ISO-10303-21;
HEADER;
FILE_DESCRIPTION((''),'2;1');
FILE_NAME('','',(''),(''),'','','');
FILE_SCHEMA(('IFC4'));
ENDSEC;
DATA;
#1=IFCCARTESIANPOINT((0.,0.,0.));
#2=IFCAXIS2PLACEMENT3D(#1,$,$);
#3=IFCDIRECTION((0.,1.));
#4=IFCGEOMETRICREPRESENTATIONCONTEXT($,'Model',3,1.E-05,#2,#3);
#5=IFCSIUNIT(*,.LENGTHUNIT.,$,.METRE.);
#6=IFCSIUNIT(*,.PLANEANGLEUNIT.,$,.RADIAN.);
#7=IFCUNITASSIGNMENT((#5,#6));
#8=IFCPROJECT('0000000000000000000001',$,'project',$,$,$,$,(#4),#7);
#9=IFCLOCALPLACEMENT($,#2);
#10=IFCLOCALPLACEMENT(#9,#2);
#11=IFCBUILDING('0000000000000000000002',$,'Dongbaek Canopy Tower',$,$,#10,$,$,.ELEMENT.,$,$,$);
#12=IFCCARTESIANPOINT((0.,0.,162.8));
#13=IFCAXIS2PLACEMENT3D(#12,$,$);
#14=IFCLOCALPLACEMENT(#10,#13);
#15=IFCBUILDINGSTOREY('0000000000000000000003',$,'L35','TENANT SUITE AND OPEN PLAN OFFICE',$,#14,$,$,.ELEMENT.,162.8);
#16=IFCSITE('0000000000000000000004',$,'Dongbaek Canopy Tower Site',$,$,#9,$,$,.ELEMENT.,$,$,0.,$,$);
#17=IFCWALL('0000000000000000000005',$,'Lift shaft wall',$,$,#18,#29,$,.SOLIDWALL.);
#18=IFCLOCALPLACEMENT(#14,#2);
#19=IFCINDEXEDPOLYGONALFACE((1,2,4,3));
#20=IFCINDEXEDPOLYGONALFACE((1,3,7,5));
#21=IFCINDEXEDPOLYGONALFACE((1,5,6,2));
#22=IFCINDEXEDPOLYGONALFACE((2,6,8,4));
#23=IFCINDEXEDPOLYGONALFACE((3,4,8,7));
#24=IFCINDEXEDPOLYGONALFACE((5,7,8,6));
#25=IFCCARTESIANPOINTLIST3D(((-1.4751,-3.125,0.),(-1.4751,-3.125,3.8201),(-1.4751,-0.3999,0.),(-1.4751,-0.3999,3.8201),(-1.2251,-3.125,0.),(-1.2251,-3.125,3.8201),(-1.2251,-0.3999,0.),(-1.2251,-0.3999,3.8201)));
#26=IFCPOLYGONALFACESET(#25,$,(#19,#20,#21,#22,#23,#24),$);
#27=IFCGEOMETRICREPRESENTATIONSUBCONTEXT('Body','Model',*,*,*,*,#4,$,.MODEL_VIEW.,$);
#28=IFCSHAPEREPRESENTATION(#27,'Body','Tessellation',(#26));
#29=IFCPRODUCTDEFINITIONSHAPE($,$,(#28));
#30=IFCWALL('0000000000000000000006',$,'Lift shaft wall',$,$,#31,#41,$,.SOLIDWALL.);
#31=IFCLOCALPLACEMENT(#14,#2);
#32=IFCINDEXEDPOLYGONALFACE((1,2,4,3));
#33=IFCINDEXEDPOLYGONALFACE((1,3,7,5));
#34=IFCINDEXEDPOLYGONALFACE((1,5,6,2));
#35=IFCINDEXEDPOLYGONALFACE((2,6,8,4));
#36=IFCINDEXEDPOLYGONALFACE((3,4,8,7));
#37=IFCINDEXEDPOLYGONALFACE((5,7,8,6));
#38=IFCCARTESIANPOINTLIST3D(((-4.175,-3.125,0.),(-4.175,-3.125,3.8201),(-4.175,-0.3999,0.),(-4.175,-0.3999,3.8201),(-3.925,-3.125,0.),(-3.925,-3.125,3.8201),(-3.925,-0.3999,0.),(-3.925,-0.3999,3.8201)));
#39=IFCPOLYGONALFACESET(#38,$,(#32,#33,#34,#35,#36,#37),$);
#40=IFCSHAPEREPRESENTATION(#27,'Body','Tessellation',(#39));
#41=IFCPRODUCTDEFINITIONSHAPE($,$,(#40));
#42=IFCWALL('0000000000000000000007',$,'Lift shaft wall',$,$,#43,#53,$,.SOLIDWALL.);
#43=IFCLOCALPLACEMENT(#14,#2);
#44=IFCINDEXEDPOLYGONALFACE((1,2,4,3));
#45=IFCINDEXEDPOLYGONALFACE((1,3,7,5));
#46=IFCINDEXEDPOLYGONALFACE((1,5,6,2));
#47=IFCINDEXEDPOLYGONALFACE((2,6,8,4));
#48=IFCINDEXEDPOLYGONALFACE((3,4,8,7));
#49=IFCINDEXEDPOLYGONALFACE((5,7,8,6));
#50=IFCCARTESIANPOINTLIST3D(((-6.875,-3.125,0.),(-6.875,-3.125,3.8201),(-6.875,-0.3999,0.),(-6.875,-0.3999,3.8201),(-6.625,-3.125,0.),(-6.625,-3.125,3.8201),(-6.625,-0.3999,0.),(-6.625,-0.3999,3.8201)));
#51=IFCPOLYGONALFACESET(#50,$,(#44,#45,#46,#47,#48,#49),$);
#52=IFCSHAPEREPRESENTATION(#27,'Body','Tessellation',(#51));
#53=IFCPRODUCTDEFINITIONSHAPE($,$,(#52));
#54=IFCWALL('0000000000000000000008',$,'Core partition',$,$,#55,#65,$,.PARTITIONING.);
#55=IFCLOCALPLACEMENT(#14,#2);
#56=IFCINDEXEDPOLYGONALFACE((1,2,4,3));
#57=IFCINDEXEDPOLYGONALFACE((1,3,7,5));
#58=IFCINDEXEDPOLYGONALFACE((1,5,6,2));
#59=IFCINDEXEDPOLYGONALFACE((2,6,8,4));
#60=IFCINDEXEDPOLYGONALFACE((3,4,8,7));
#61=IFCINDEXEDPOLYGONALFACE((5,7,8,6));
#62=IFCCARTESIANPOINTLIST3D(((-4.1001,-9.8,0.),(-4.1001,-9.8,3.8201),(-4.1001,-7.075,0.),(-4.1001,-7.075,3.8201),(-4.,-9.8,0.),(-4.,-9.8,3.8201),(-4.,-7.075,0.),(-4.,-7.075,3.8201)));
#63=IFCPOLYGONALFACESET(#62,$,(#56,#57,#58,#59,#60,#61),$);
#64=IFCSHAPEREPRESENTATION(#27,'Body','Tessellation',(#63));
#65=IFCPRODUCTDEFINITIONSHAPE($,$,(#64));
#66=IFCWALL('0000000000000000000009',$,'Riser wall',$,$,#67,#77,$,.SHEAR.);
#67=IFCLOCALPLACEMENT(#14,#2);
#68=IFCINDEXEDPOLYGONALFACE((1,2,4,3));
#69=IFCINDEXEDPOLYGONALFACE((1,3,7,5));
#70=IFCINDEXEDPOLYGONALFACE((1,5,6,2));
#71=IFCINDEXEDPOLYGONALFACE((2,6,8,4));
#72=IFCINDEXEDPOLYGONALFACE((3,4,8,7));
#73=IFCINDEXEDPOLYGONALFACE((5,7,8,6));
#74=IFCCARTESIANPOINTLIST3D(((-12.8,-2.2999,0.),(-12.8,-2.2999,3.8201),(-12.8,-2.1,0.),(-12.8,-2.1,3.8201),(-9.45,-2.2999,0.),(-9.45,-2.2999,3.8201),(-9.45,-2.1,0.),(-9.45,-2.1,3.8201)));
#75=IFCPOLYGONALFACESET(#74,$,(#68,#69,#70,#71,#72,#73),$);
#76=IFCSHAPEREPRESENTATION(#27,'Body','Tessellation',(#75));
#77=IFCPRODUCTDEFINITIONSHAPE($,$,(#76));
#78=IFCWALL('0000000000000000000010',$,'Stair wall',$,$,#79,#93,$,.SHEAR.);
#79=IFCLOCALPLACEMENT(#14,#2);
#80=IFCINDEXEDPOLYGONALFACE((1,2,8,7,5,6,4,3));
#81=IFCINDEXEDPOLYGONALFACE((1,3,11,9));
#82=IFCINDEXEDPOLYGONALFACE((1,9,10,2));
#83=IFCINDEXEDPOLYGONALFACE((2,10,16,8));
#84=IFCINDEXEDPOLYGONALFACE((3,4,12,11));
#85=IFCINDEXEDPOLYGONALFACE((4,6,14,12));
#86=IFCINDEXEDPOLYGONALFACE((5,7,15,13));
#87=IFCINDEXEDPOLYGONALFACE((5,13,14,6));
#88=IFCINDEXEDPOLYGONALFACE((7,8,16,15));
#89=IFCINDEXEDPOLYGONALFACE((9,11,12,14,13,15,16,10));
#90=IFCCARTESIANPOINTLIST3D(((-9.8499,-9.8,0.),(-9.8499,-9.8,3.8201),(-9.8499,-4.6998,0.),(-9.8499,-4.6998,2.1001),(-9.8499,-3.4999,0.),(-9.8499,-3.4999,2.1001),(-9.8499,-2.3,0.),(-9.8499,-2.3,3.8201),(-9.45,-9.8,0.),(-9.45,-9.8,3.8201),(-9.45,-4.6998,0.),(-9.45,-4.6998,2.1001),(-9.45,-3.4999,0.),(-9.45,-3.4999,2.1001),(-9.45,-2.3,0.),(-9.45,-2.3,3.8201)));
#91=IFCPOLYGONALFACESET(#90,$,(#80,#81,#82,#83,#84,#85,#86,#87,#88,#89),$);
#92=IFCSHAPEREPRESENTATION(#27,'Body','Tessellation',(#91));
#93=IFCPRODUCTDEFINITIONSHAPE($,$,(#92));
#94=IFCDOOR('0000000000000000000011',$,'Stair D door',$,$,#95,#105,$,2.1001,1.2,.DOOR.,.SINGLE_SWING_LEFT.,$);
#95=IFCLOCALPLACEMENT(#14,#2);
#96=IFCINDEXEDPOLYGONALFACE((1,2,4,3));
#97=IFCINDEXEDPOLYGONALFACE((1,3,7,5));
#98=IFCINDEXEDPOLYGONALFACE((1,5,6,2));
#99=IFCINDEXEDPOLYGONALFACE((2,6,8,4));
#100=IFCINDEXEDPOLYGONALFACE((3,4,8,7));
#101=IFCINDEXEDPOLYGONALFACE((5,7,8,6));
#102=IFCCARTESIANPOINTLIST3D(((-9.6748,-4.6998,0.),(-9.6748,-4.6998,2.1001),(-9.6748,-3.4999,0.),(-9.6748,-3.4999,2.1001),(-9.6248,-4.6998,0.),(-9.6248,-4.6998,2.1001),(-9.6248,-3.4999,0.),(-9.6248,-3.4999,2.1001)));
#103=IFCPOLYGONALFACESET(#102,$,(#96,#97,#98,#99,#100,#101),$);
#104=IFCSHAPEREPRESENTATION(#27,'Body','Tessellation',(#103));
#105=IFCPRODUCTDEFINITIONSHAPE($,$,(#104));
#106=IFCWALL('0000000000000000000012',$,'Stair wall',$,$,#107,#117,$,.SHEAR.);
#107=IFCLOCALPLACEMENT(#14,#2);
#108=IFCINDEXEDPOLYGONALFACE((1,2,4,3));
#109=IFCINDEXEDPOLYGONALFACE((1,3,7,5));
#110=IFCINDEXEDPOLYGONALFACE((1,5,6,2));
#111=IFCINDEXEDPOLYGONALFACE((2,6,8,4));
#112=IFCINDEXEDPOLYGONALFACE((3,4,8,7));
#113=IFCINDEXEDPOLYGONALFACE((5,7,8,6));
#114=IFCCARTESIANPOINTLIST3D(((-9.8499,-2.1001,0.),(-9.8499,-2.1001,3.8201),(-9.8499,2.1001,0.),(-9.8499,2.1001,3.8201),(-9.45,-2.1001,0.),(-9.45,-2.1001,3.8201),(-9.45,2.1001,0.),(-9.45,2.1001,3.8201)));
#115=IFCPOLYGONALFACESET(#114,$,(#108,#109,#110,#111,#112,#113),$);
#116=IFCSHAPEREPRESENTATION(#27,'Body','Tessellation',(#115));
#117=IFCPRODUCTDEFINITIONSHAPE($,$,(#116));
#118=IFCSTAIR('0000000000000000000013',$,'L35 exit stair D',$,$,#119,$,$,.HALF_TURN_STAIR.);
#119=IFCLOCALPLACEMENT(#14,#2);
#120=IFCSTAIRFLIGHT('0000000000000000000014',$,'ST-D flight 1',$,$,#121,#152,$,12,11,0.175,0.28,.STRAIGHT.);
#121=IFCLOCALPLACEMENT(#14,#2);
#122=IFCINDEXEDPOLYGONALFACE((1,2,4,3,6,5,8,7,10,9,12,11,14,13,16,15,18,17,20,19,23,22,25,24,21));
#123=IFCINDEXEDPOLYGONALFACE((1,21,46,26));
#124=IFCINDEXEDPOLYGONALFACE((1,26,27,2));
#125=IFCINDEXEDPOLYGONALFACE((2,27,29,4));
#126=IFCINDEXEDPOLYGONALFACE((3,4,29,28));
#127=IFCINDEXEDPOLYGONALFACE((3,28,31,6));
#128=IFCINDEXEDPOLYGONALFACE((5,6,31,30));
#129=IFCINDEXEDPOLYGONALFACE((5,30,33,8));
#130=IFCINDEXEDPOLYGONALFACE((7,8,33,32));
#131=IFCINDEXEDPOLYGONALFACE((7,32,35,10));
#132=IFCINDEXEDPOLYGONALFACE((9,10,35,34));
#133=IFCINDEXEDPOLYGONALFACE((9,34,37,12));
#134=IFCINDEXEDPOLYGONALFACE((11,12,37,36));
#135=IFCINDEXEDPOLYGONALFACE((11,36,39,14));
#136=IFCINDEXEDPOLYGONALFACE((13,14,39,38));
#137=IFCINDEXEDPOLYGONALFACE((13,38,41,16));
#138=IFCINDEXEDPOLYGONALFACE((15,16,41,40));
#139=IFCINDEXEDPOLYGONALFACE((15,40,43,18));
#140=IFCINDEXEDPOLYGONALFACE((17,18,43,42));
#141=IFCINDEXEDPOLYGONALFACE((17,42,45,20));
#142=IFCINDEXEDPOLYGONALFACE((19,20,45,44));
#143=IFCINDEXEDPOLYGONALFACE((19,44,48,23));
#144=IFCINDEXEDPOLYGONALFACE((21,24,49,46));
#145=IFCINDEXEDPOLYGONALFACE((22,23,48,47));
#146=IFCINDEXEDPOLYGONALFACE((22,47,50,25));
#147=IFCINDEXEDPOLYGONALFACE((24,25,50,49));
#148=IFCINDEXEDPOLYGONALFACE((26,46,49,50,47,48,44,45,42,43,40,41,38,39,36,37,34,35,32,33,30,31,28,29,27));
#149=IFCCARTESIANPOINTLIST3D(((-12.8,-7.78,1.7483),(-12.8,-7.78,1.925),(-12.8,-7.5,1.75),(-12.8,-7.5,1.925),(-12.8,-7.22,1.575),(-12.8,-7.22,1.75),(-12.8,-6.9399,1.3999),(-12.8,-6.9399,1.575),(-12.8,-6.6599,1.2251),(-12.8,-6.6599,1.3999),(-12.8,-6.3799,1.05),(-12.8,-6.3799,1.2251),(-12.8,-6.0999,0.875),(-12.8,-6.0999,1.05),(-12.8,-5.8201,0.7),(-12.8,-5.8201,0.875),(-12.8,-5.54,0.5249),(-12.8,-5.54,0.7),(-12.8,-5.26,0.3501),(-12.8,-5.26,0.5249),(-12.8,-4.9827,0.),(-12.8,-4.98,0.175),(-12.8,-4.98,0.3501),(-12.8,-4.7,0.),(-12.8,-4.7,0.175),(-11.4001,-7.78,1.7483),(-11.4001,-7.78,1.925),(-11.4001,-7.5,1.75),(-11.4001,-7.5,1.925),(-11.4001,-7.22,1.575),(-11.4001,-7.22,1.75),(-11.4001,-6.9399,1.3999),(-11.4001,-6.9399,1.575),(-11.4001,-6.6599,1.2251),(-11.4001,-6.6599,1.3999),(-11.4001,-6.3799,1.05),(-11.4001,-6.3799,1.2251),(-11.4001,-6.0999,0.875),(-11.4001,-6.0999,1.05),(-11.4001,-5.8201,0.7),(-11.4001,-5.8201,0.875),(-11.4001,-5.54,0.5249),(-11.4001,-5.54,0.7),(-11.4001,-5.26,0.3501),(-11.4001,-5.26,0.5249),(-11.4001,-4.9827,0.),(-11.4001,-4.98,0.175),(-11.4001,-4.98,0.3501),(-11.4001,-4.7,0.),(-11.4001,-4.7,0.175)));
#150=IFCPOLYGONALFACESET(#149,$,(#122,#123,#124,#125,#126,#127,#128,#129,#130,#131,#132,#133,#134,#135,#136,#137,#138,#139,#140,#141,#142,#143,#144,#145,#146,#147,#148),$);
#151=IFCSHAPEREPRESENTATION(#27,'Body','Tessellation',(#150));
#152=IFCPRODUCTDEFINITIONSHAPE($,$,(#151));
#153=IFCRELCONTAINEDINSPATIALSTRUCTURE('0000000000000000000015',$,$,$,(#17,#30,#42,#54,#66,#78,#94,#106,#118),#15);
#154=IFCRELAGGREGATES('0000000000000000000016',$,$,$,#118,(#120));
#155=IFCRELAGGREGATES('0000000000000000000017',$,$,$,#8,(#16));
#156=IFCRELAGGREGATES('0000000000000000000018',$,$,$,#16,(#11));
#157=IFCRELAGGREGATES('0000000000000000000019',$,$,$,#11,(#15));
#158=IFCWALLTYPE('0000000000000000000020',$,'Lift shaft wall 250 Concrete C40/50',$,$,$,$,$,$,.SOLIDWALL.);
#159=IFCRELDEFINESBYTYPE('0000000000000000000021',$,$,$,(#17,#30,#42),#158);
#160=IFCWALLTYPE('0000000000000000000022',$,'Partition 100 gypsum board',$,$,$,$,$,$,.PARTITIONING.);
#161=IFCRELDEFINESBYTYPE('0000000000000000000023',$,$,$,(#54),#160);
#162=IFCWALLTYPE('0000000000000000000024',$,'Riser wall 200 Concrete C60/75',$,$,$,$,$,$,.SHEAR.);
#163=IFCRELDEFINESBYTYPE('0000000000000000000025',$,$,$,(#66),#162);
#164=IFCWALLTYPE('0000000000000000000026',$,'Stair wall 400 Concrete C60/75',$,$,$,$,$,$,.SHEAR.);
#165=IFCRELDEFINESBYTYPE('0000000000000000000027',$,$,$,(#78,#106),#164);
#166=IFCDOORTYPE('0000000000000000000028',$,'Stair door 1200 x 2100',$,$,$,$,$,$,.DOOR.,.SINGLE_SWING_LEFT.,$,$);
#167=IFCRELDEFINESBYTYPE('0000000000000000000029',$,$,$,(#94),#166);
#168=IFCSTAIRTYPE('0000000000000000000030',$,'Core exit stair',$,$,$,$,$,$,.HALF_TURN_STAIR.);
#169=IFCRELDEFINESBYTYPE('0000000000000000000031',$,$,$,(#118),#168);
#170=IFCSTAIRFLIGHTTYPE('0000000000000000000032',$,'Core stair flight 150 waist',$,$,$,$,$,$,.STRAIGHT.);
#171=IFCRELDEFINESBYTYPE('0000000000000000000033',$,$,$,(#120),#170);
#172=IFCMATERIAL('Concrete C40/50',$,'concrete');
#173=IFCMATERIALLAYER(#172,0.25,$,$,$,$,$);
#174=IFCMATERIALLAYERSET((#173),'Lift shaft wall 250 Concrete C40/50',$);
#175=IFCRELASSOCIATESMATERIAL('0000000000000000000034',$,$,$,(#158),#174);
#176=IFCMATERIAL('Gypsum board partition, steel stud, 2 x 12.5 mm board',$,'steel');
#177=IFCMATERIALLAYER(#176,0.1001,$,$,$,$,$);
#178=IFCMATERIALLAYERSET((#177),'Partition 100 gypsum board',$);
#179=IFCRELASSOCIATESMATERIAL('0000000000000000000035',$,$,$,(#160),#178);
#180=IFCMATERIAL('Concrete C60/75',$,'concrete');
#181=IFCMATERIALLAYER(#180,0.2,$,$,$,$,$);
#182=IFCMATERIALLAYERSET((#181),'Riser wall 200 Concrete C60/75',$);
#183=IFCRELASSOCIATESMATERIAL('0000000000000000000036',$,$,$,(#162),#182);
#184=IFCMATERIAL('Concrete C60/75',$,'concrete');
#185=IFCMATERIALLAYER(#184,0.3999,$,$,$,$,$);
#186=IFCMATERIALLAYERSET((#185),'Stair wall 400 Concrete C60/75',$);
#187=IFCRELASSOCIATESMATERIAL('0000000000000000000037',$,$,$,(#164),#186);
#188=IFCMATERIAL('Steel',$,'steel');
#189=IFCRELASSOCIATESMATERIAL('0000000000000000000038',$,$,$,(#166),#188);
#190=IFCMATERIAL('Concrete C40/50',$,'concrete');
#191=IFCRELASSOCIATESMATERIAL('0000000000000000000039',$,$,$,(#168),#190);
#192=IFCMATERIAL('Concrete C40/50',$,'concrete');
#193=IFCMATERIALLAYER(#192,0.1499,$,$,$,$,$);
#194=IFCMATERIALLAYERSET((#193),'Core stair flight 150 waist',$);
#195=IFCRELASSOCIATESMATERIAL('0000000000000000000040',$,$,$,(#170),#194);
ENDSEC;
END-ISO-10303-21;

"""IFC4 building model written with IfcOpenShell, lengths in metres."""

from ifc_helpers import new_model, si_unit, direction, frame, frame_2d, origin, place, context, subcontext, project, spatial, polyline, rectangle, outline, extrude, material, layer, layer_set, type_object, element, fill, aggregate, save


model = new_model("IFC4")

# Units and contexts
model_context = context("Model", 3, precision=1e-05, world=origin(), true_north=direction((0.0, 1.0)))
body_context = subcontext(model_context, "Body", "Model", "MODEL_VIEW")
ifc_project = project(units=[si_unit("LENGTHUNIT", "METRE"), si_unit("PLANEANGLEUNIT", "RADIAN")], contexts=[model_context])

# Site, building, storey
site_placement = place(None, origin())
site = spatial("IfcSite", under=ifc_project, at=site_placement, Name="Dongbaek Canopy Tower Site", CompositionType="ELEMENT", RefElevation=0.0)
building_placement = place(site_placement, origin())
building = spatial("IfcBuilding", under=site, at=building_placement, Name="Dongbaek Canopy Tower", CompositionType="ELEMENT")
storey_placement = place(building_placement, frame((0.0, 0.0, 162.8)))
storey = spatial("IfcBuildingStorey", under=building, at=storey_placement, Name="L35", Description="TENANT SUITE AND OPEN PLAN OFFICE", CompositionType="ELEMENT", Elevation=162.8)

# Walls
ifc_material_1 = material(Name="Concrete C40/50", Category="concrete")
ifc_layer_1 = layer(ifc_material_1, 0.25)
ifc_layer_set_1 = layer_set([ifc_layer_1], Name="Lift shaft wall 250 Concrete C40/50")
wall_type_1 = type_object("IfcWallType", Name="Lift shaft wall 250 Concrete C40/50", PredefinedType="SOLIDWALL", material=ifc_layer_set_1)
for number, where, z_axis, x_axis, name in (
    (1, (-1.3501, -3.125, 0.0), (0.0, 0.0, 1.0), (0.0, 1.0, 0.0), "Lift shaft wall"),
    (2, (-4.05, -3.125, 0.0), (0.0, 0.0, 1.0), (0.0, 1.0, 0.0), "Lift shaft wall"),
    (3, (-6.75, -3.125, 0.0), (0.0, 0.0, 1.0), (0.0, 1.0, 0.0), "Lift shaft wall"),
):
    element("IfcWall", number, at=place(storey_placement, frame(where, z_axis=z_axis, x_axis=x_axis)), inside=storey, type_object=wall_type_1, Name=name, PredefinedType="SOLIDWALL", context=body_context, shape_type="SweptSolid", body=[
        extrude(rectangle(XDim=2.7251, YDim=0.25, at=frame_2d((1.3625, 0.0))), origin(), (0.0, 0.0, 1.0), 3.8201),
    ])
ifc_material_2 = material(Name="Gypsum board partition, steel stud, 2 x 12.5 mm board", Category="steel")
ifc_layer_2 = layer(ifc_material_2, 0.1001)
ifc_layer_set_2 = layer_set([ifc_layer_2], Name="Partition 100 gypsum board")
wall_type_2 = type_object("IfcWallType", Name="Partition 100 gypsum board", PredefinedType="PARTITIONING", material=ifc_layer_set_2)
wall_1_placement = place(storey_placement, frame((-4.05, -9.8, 0.0), z_axis=(0.0, 0.0, 1.0), x_axis=(0.0, 1.0, 0.0)))
element("IfcWall", 4, at=wall_1_placement, inside=storey, type_object=wall_type_2, Name="Core partition", PredefinedType="PARTITIONING", context=body_context, shape_type="SweptSolid", body=[
    extrude(rectangle(XDim=2.7251, YDim=0.1001, at=frame_2d((1.3625, 0.0))), origin(), (0.0, 0.0, 1.0), 3.8201),
])
ifc_material_3 = material(Name="Concrete C60/75", Category="concrete")
ifc_layer_3 = layer(ifc_material_3, 0.2)
ifc_layer_set_3 = layer_set([ifc_layer_3], Name="Riser wall 200 Concrete C60/75")
wall_type_3 = type_object("IfcWallType", Name="Riser wall 200 Concrete C60/75", PredefinedType="SHEAR", material=ifc_layer_set_3)
wall_2_placement = place(storey_placement, frame((-9.45, -2.2, 0.0), z_axis=(0.0, 0.0, 1.0), x_axis=(-1.0, 0.0, 0.0)))
element("IfcWall", 5, at=wall_2_placement, inside=storey, type_object=wall_type_3, Name="Riser wall", PredefinedType="SHEAR", context=body_context, shape_type="SweptSolid", body=[
    extrude(rectangle(XDim=3.3501, YDim=0.2, at=frame_2d((1.675, 0.0))), origin(), (0.0, 0.0, 1.0), 3.8201),
])

# Wall, opening, door
ifc_material_4 = material(Name="Concrete C60/75", Category="concrete")
ifc_layer_4 = layer(ifc_material_4, 0.3999)
ifc_layer_set_4 = layer_set([ifc_layer_4], Name="Stair wall 400 Concrete C60/75")
wall_type_4 = type_object("IfcWallType", Name="Stair wall 400 Concrete C60/75", PredefinedType="SHEAR", material=ifc_layer_set_4)
wall_3_placement = place(storey_placement, frame((-9.6499, -9.8, 0.0), z_axis=(0.0, 0.0, 1.0), x_axis=(0.0, 1.0, 0.0)))
wall_3 = element("IfcWall", 6, at=wall_3_placement, inside=storey, type_object=wall_type_4, Name="Stair wall", PredefinedType="SHEAR", context=body_context, shape_type="SweptSolid", body=[
    extrude(rectangle(XDim=7.5, YDim=0.3999, at=frame_2d((3.75, 0.0))), origin(), (0.0, 0.0, 1.0), 3.8201),
])
opening_1_placement = place(wall_3_placement, frame((5.1001, 0.0, 0.0)))
opening_1 = element("IfcOpeningElement", 7, at=opening_1_placement, cuts=wall_3, PredefinedType="OPENING", context=body_context, shape_type="SweptSolid", body=[
    extrude(rectangle(XDim=1.2, YDim=2.1001, at=frame_2d((0.6001, 1.05))), frame((0.0, 0.21, 0.0), z_axis=(0.0, -1.0, 0.0), x_axis=(1.0, 0.0, 0.0)), (0.0, 0.0, 1.0), 0.4199),
])
ifc_material_5 = material(Name="Steel", Category="steel")
door_type_1 = type_object("IfcDoorType", Name="Stair door 1200 x 2100", OperationType="SINGLE_SWING_LEFT", PredefinedType="DOOR", material=ifc_material_5)
door_1_placement = place(opening_1_placement, origin())
door_1 = element("IfcDoor", 8, at=door_1_placement, inside=storey, type_object=door_type_1, Name="Stair D door", OperationType="SINGLE_SWING_LEFT", OverallHeight=2.1001, OverallWidth=1.2, PredefinedType="DOOR", context=body_context, shape_type="SweptSolid", body=[
    extrude(rectangle(XDim=1.2, YDim=2.1001, at=frame_2d((0.6001, 1.05))), frame((0.0, 0.0249, 0.0), z_axis=(0.0, -1.0, 0.0), x_axis=(1.0, 0.0, 0.0)), (0.0, 0.0, 1.0), 0.05),
])
fill(opening_1, door_1)

# Wall
wall_4_placement = place(storey_placement, frame((-9.6499, -2.1001, 0.0), z_axis=(0.0, 0.0, 1.0), x_axis=(0.0, 1.0, 0.0)))
element("IfcWall", 9, at=wall_4_placement, inside=storey, type_object=wall_type_4, Name="Stair wall", PredefinedType="SHEAR", context=body_context, shape_type="SweptSolid", body=[
    extrude(rectangle(XDim=4.2002, YDim=0.3999, at=frame_2d((2.1001, 0.0))), origin(), (0.0, 0.0, 1.0), 3.8201),
])

# Stair, stair flight
ifc_material_6 = material(Name="Concrete C40/50", Category="concrete")
stair_type = type_object("IfcStairType", Name="Core exit stair", PredefinedType="HALF_TURN_STAIR", material=ifc_material_6)
stair_placement = place(storey_placement, origin())
stair = element("IfcStair", 10, at=stair_placement, inside=storey, type_object=stair_type, Name="L35 exit stair D", PredefinedType="HALF_TURN_STAIR")
ifc_material_7 = material(Name="Concrete C40/50", Category="concrete")
ifc_layer_5 = layer(ifc_material_7, 0.1499)
ifc_layer_set_5 = layer_set([ifc_layer_5], Name="Core stair flight 150 waist")
stair_flight_type = type_object("IfcStairFlightType", Name="Core stair flight 150 waist", PredefinedType="STRAIGHT", material=ifc_layer_set_5)
stair_flight_1_placement = place(storey_placement, frame((-12.1001, -4.7, 0.0), z_axis=(0.0, 0.0, 1.0), x_axis=(0.0, -1.0, 0.0)))
stair_flight_1 = element("IfcStairFlight", 11, at=stair_flight_1_placement, type_object=stair_flight_type, Name="ST-D flight 1", NumberOfRisers=12, NumberOfTreads=11, PredefinedType="STRAIGHT", RiserHeight=0.175, TreadLength=0.28, context=body_context, shape_type="SweptSolid", body=[
    extrude(outline(polyline([(0.0, 0.0), (0.0, 0.175), (0.28, 0.175), (0.28, 0.3501), (0.5601, 0.3501), (0.5601, 0.5249), (0.8401, 0.5249), (0.8401, 0.7), (1.1201, 0.7), (1.1201, 0.875), (1.3999, 0.875), (1.3999, 1.05), (1.6799, 1.05), (1.6799, 1.2251), (1.96, 1.2251), (1.96, 1.3999), (2.24, 1.3999), (2.24, 1.575), (2.52, 1.575), (2.52, 1.75), (2.8, 1.75), (2.8, 1.925), (3.0801, 1.925), (3.0801, 2.1001), (3.0801, 1.7483), (0.2827, 0.0), (0.0, 0.0)])), frame((0.0, 0.7, 0.0), z_axis=(0.0, -1.0, 0.0), x_axis=(1.0, 0.0, 0.0)), (0.0, 0.0, 1.0), 1.3999),
])
aggregate(stair, [stair_flight_1])

save(model, "model.ifc")
